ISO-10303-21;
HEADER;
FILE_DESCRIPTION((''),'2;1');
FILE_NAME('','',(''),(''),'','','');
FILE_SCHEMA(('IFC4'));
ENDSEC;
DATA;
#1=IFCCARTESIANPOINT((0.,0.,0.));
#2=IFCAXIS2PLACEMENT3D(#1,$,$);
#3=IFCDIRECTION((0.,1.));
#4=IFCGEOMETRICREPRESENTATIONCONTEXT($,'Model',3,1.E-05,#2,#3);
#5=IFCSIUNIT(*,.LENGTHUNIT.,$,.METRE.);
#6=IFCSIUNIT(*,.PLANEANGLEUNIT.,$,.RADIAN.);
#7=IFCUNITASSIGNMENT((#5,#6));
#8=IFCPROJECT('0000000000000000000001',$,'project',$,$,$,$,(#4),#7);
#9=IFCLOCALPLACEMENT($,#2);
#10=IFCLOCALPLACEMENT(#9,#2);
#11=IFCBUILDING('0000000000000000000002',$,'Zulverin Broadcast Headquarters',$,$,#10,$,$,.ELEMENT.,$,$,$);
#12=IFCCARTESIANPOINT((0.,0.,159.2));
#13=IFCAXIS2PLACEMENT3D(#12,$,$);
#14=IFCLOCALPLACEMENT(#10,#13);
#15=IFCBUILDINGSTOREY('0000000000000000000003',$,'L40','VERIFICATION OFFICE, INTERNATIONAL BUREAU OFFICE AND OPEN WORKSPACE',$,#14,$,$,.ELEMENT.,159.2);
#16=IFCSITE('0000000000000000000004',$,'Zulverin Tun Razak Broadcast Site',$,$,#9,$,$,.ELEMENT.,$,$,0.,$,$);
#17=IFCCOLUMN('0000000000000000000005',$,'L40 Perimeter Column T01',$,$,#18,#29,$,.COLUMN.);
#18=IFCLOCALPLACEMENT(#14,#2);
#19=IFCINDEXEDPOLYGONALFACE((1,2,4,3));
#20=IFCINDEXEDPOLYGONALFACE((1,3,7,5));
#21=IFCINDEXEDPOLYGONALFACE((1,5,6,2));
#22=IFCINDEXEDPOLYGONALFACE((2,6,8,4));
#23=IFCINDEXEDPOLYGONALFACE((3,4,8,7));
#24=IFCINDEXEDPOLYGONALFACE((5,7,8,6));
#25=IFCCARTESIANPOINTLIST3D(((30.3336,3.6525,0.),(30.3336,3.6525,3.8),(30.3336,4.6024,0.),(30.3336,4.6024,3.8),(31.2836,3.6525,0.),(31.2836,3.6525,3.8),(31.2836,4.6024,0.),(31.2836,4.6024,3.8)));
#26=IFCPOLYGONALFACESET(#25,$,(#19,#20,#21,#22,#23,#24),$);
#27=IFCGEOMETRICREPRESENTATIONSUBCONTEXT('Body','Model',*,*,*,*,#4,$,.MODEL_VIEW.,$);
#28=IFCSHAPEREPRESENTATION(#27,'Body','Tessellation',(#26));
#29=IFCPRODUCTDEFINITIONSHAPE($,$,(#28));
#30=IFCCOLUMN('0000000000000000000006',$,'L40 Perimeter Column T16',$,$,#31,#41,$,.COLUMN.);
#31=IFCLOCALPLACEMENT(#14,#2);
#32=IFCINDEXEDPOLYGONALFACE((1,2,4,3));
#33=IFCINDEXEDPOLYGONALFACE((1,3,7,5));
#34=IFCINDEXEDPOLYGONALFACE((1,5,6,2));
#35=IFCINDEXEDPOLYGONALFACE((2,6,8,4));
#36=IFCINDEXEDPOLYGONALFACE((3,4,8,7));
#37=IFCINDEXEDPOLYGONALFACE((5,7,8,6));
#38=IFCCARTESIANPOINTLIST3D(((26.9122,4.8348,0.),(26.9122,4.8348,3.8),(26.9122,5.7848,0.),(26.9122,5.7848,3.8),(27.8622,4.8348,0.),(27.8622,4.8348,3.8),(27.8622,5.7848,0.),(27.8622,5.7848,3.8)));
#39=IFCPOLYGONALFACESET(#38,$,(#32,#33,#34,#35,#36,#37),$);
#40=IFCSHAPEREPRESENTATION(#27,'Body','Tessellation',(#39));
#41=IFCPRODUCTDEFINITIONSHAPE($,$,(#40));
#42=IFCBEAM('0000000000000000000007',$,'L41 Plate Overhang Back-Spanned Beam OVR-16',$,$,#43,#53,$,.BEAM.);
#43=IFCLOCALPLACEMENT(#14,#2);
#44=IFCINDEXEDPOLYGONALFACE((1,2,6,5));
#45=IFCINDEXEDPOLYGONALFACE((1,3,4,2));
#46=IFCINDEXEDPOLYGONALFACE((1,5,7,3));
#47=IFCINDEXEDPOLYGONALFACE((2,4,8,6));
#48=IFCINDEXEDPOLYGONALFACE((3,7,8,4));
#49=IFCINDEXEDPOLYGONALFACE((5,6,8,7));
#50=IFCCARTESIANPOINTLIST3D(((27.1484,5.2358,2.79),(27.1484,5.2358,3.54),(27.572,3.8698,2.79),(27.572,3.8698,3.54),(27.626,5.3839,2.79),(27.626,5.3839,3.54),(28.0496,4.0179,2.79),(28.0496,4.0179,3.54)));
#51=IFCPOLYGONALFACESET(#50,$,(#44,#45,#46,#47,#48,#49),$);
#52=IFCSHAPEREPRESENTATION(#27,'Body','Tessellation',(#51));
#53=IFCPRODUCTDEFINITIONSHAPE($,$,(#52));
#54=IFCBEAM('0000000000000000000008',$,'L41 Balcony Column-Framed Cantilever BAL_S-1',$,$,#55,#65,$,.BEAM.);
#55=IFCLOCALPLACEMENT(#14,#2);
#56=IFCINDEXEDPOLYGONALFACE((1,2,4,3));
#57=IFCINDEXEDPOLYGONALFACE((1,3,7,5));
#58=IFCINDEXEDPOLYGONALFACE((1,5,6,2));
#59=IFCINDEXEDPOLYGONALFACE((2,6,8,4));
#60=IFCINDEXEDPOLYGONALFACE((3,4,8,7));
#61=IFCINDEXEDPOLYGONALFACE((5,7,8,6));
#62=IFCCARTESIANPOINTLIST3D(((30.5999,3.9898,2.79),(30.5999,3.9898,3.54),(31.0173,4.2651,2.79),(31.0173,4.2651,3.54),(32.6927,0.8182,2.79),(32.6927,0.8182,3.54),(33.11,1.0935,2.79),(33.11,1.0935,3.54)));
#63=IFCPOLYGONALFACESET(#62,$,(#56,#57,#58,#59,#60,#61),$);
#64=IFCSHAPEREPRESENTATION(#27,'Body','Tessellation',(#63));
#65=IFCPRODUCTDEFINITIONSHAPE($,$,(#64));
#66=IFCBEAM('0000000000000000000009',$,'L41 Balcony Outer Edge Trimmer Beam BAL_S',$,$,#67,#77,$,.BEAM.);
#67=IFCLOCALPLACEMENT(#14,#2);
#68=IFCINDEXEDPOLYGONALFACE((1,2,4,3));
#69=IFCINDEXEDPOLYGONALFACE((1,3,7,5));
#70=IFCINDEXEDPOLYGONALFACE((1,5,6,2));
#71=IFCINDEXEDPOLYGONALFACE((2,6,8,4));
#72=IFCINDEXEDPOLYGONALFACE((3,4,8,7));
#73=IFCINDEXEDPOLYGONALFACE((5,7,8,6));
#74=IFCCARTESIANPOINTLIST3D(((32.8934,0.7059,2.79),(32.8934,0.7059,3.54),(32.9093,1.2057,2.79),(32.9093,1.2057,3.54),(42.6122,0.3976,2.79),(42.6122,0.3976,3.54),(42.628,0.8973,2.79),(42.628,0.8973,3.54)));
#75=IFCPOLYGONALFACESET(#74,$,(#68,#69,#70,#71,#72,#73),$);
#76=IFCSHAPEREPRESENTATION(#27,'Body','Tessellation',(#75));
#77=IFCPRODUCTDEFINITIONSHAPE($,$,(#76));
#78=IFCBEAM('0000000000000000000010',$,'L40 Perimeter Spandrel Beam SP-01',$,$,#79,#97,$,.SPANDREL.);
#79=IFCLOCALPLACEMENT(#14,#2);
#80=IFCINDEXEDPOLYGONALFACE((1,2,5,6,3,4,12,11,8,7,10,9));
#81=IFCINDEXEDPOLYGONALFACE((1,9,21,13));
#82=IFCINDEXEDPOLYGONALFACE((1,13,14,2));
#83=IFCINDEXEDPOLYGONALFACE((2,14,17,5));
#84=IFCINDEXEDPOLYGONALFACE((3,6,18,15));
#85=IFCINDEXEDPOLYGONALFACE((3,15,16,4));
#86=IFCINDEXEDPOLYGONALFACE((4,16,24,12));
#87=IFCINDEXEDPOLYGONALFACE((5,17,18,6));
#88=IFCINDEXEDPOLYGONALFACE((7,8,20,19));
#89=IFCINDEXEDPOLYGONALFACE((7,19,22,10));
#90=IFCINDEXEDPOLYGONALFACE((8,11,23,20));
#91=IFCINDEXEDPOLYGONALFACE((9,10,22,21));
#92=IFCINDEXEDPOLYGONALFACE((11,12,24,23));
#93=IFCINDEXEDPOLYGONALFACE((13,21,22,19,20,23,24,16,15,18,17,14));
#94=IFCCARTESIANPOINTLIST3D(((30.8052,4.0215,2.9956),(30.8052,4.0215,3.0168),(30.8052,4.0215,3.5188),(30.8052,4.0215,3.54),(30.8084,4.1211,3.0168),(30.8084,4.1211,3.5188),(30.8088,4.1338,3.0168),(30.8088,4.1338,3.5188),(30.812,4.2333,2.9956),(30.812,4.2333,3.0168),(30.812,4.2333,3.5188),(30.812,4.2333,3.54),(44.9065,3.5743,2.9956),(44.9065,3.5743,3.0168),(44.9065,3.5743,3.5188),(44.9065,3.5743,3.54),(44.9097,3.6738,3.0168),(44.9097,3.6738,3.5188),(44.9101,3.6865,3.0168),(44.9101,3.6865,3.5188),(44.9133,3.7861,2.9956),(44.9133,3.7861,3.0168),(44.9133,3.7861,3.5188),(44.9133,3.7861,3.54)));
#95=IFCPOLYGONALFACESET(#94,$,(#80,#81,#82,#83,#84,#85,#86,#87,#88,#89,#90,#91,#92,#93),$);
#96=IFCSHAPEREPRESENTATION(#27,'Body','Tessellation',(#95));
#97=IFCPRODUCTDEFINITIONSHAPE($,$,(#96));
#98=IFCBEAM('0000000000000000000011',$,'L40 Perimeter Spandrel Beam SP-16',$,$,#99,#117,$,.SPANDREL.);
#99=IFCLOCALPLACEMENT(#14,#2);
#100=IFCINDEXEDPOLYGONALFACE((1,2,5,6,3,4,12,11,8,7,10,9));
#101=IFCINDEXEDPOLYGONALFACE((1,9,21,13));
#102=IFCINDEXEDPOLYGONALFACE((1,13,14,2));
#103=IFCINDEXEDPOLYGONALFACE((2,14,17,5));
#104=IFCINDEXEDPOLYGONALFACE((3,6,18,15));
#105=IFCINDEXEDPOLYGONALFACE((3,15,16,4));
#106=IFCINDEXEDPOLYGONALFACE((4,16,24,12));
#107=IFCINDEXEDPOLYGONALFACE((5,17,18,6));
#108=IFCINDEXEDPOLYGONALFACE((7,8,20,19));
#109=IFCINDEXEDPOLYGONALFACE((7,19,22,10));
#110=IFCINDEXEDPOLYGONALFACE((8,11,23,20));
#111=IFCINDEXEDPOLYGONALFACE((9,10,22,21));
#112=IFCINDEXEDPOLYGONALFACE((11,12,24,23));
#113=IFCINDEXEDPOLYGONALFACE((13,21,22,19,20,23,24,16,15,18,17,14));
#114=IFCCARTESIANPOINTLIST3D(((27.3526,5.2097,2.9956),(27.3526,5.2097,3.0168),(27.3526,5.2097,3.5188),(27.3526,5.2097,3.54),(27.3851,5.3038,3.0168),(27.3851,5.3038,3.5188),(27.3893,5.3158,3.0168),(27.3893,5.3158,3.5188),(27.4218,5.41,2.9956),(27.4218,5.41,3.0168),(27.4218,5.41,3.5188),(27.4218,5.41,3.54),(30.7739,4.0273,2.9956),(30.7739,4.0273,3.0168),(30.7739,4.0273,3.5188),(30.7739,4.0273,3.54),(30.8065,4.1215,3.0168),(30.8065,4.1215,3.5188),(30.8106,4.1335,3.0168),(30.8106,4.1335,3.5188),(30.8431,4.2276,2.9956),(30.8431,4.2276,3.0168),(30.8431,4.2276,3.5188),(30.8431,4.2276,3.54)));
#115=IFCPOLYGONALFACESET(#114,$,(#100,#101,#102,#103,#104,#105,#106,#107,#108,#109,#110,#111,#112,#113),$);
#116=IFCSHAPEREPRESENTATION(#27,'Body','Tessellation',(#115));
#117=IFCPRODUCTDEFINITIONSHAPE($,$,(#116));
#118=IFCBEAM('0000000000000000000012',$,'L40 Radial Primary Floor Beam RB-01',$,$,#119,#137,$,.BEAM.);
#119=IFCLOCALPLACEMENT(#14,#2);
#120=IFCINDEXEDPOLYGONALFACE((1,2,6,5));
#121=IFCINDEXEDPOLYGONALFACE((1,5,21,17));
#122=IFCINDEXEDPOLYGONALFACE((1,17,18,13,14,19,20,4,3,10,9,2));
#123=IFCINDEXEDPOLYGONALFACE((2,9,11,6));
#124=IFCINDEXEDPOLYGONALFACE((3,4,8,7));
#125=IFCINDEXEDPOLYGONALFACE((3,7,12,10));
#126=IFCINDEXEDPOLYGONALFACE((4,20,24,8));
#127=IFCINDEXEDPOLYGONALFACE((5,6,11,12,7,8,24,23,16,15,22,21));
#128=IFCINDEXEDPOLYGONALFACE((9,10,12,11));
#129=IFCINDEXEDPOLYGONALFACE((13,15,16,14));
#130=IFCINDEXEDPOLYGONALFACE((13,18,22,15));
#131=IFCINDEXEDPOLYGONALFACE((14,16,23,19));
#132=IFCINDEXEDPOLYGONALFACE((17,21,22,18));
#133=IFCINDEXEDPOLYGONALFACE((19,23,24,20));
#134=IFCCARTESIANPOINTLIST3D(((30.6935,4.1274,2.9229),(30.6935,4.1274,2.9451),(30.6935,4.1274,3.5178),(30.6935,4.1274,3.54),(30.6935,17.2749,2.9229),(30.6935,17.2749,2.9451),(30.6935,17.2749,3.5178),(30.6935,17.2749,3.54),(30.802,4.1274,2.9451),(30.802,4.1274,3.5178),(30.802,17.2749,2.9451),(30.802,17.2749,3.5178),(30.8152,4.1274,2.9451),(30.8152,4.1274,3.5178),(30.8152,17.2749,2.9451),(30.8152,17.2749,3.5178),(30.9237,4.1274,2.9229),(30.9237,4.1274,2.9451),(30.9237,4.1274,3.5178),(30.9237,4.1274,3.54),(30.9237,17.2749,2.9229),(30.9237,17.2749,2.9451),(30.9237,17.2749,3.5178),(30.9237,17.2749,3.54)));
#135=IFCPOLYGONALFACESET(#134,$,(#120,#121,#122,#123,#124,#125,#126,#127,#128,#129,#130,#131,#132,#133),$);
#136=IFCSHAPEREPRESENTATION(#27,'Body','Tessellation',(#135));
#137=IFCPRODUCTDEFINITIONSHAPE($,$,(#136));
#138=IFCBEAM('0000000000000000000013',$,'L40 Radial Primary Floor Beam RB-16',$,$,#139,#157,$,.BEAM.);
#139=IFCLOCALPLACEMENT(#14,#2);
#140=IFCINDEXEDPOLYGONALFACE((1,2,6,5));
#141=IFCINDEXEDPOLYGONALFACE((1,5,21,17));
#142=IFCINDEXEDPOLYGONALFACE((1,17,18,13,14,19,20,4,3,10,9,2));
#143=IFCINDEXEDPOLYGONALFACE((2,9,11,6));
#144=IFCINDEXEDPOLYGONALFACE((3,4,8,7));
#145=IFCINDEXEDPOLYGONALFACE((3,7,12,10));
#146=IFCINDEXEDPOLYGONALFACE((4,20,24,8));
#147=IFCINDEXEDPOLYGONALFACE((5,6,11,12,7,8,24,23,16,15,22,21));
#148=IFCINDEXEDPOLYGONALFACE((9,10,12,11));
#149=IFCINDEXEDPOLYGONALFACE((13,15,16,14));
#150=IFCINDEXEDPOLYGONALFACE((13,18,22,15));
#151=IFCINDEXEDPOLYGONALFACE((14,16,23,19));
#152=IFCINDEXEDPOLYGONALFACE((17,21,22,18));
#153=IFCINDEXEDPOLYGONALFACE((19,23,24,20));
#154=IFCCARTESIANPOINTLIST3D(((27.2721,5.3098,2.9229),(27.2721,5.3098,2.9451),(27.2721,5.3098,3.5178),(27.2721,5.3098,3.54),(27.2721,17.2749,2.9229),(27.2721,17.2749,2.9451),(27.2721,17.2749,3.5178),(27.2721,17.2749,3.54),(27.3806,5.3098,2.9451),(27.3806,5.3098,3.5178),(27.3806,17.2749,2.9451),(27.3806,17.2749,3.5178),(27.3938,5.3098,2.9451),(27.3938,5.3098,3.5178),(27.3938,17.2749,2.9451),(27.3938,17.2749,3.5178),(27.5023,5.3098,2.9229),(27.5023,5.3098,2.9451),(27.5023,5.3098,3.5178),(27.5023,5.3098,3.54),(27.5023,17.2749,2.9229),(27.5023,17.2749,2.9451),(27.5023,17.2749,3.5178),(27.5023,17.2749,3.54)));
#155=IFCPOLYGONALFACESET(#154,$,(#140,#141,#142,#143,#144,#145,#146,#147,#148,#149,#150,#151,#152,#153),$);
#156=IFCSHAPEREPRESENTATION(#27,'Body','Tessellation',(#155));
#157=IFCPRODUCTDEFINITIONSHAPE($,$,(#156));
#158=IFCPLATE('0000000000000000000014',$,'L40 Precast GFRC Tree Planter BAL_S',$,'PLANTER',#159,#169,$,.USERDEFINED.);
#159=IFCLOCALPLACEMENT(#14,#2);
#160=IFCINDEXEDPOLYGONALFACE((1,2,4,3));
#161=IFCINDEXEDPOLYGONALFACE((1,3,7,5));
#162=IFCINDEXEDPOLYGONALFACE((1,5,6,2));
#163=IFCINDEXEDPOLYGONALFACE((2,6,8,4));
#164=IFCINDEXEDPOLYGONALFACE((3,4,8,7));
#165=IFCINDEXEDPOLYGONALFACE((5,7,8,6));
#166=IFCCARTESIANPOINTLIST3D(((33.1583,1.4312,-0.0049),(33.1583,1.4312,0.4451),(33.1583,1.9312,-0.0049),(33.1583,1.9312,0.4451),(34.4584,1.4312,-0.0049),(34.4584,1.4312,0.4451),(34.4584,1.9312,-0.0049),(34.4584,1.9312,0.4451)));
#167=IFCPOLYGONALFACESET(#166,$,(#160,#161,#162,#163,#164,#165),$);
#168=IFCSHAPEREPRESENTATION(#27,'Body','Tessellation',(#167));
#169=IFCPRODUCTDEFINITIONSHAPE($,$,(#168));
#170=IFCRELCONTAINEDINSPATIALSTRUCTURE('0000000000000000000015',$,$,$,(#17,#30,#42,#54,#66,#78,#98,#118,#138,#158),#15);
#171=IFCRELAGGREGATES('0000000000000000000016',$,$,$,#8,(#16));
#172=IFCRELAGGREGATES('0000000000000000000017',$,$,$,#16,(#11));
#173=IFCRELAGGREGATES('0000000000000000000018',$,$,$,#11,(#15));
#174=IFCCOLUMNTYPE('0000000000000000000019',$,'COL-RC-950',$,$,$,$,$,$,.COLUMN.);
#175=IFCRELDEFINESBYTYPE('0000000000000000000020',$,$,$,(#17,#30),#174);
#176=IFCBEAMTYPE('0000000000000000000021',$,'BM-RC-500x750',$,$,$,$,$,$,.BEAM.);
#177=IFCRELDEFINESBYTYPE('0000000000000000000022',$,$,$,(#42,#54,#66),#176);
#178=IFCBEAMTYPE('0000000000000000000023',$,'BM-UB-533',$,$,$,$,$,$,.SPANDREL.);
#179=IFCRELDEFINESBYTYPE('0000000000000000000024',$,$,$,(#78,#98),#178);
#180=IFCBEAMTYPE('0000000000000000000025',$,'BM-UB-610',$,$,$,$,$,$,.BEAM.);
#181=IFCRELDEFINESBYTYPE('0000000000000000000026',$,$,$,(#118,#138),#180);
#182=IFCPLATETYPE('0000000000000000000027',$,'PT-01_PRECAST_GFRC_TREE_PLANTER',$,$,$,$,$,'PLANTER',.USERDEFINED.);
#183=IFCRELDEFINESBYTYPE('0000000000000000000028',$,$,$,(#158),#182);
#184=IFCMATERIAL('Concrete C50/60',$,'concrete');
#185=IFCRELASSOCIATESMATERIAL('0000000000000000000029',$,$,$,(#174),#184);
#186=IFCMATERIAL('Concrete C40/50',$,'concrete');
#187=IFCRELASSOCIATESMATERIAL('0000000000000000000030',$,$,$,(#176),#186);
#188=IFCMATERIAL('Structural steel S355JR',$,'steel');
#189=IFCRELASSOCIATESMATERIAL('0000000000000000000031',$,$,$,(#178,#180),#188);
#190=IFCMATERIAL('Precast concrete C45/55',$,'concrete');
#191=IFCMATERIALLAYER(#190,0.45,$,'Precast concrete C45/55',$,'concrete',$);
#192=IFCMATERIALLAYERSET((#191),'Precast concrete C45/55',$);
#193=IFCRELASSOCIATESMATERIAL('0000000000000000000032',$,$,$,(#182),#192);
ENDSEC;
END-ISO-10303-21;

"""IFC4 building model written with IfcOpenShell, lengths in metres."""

from ifc_helpers import new_model, si_unit, direction, frame, origin, origin_2d, place, context, subcontext, project, spatial, rectangle, i_section, extrude, material, layer, layer_set, material_profile, profile_set, type_object, element, save


model = new_model("IFC4")

# Units and contexts
model_context = context("Model", 3, precision=1e-05, world=origin(), true_north=direction((0.0, 1.0)))
body_context = subcontext(model_context, "Body", "Model", "MODEL_VIEW")
ifc_project = project(units=[si_unit("LENGTHUNIT", "METRE"), si_unit("PLANEANGLEUNIT", "RADIAN")], contexts=[model_context])

# Site, building, storey
site_placement = place(None, origin())
site = spatial("IfcSite", under=ifc_project, at=site_placement, Name="Zulverin Tun Razak Broadcast Site", CompositionType="ELEMENT", RefElevation=0.0)
building_placement = place(site_placement, origin())
building = spatial("IfcBuilding", under=site, at=building_placement, Name="Zulverin Broadcast Headquarters", CompositionType="ELEMENT")
storey_placement = place(building_placement, frame((0.0, 0.0, 159.2)))
storey = spatial("IfcBuildingStorey", under=building, at=storey_placement, Name="L40", Description="VERIFICATION OFFICE, INTERNATIONAL BUREAU OFFICE AND OPEN WORKSPACE", CompositionType="ELEMENT", Elevation=159.2)

# Columns
ifc_material_1 = material(Name="Concrete C50/60", Category="concrete")
ifc_material_profile_1 = material_profile(ifc_material_1, rectangle(XDim=0.95, YDim=0.95, at=origin_2d()), Name="Concrete C50/60", Category="concrete")
ifc_profile_set_1 = profile_set([ifc_material_profile_1], Name="Concrete C50/60")
column_type = type_object("IfcColumnType", Name="COL-RC-950", PredefinedType="COLUMN", material=ifc_profile_set_1)
for number, where, z_axis, x_axis, name in (
    (1, (30.8086, 4.1274, 0.0), (0.0, 0.0, 1.0), (1.0, 0.0, 0.0), "L40 Perimeter Column T01"),
    (2, (27.3872, 5.3098, 0.0), (0.0, 0.0, 1.0), (1.0, 0.0, 0.0), "L40 Perimeter Column T16"),
):
    element("IfcColumn", number, at=place(storey_placement, frame(where, z_axis=z_axis, x_axis=x_axis)), inside=storey, type_object=column_type, Name=name, PredefinedType="COLUMN", context=body_context, shape_type="SweptSolid", body=[
        extrude(rectangle(XDim=0.95, YDim=0.95, at=origin_2d()), origin(), (0.0, 0.0, 1.0), 3.8),
    ])

# Beams
ifc_material_2 = material(Name="Concrete C40/50", Category="concrete")
ifc_material_profile_2 = material_profile(ifc_material_2, rectangle(XDim=0.5, YDim=0.75, at=origin_2d()), Name="Concrete C40/50", Category="concrete")
ifc_profile_set_2 = profile_set([ifc_material_profile_2], Name="Concrete C40/50")
beam_type_1 = type_object("IfcBeamType", Name="BM-RC-500x750", PredefinedType="BEAM", material=ifc_profile_set_2)
beam_1_placement = place(storey_placement, frame((27.3872, 5.3098, 3.165), z_axis=(0.296184, -0.955131, 0.0), x_axis=(0.955131, 0.296184, 0.0)))
element("IfcBeam", 3, at=beam_1_placement, inside=storey, type_object=beam_type_1, Name="L41 Plate Overhang Back-Spanned Beam OVR-16", PredefinedType="BEAM", context=body_context, shape_type="SweptSolid", body=[
    extrude(rectangle(XDim=0.5, YDim=0.75, at=origin_2d()), origin(), (0.0, 0.0, 1.0), 1.4302),
])
beam_2_placement = place(storey_placement, frame((30.8086, 4.1274, 3.165), z_axis=(0.55075, -0.83467, 0.0), x_axis=(0.83467, 0.55075, 0.0)))
element("IfcBeam", 4, at=beam_2_placement, inside=storey, type_object=beam_type_1, Name="L41 Balcony Column-Framed Cantilever BAL_S-1", PredefinedType="BEAM", context=body_context, shape_type="SweptSolid", body=[
    extrude(rectangle(XDim=0.5, YDim=0.75, at=origin_2d()), origin(), (0.0, 0.0, 1.0), 3.7998),
])
beam_3_placement = place(storey_placement, frame((32.9014, 0.9558, 3.165), z_axis=(0.999497, -0.031711, 0.0), x_axis=(0.031711, 0.999497, 0.0)))
element("IfcBeam", 5, at=beam_3_placement, inside=storey, type_object=beam_type_1, Name="L41 Balcony Outer Edge Trimmer Beam BAL_S", PredefinedType="BEAM", context=body_context, shape_type="SweptSolid", body=[
    extrude(rectangle(XDim=0.5, YDim=0.75, at=origin_2d()), origin(), (0.0, 0.0, 1.0), 9.7236),
])
ifc_material_3 = material(Name="Structural steel S355JR", Category="steel")
ifc_material_profile_3 = material_profile(ifc_material_3, i_section(OverallWidth=0.2119, OverallDepth=0.5444, WebThickness=0.0127, FlangeThickness=0.0212, at=origin_2d()), Name="Structural steel S355JR", Category="steel")
ifc_profile_set_3 = profile_set([ifc_material_profile_3], Name="Structural steel S355JR")
beam_type_2 = type_object("IfcBeamType", Name="BM-UB-533", PredefinedType="SPANDREL", material=ifc_profile_set_3)
beam_4_placement = place(storey_placement, frame((30.8086, 4.1274, 3.2678), z_axis=(0.999497, -0.031702, 0.0), x_axis=(0.031702, 0.999497, 0.0)))
element("IfcBeam", 6, at=beam_4_placement, inside=storey, type_object=beam_type_2, Name="L40 Perimeter Spandrel Beam SP-01", PredefinedType="SPANDREL", context=body_context, shape_type="SweptSolid", body=[
    extrude(i_section(OverallWidth=0.2119, OverallDepth=0.5444, WebThickness=0.0127, FlangeThickness=0.0212, at=origin_2d()), origin(), (0.0, 0.0, 1.0), 14.1084),
])
beam_5_placement = place(storey_placement, frame((27.3872, 5.3098, 3.2678), z_axis=(0.945153, -0.326629, 0.0), x_axis=(0.326629, 0.945153, 0.0)))
element("IfcBeam", 7, at=beam_5_placement, inside=storey, type_object=beam_type_2, Name="L40 Perimeter Spandrel Beam SP-16", PredefinedType="SPANDREL", context=body_context, shape_type="SweptSolid", body=[
    extrude(i_section(OverallWidth=0.2119, OverallDepth=0.5444, WebThickness=0.0127, FlangeThickness=0.0212, at=origin_2d()), origin(), (0.0, 0.0, 1.0), 3.6199),
])
ifc_material_profile_4 = material_profile(ifc_material_3, i_section(OverallWidth=0.2302, OverallDepth=0.6172, WebThickness=0.0132, FlangeThickness=0.0222, at=origin_2d()), Name="Structural steel S355JR", Category="steel")
ifc_profile_set_4 = profile_set([ifc_material_profile_4], Name="Structural steel S355JR")
beam_type_3 = type_object("IfcBeamType", Name="BM-UB-610", PredefinedType="BEAM", material=ifc_profile_set_4)
beam_6_placement = place(storey_placement, frame((30.8086, 17.2749, 3.2314), z_axis=(0.0, -1.0, 0.0), x_axis=(1.0, 0.0, 0.0)))
element("IfcBeam", 8, at=beam_6_placement, inside=storey, type_object=beam_type_3, Name="L40 Radial Primary Floor Beam RB-01", PredefinedType="BEAM", context=body_context, shape_type="SweptSolid", body=[
    extrude(i_section(OverallWidth=0.2302, OverallDepth=0.6172, WebThickness=0.0132, FlangeThickness=0.0222, at=origin_2d()), origin(), (0.0, 0.0, 1.0), 13.1475),
])
beam_7_placement = place(storey_placement, frame((27.3872, 17.2749, 3.2314), z_axis=(0.0, -1.0, 0.0), x_axis=(1.0, 0.0, 0.0)))
element("IfcBeam", 9, at=beam_7_placement, inside=storey, type_object=beam_type_3, Name="L40 Radial Primary Floor Beam RB-16", PredefinedType="BEAM", context=body_context, shape_type="SweptSolid", body=[
    extrude(i_section(OverallWidth=0.2302, OverallDepth=0.6172, WebThickness=0.0132, FlangeThickness=0.0222, at=origin_2d()), origin(), (0.0, 0.0, 1.0), 11.9651),
])

# Plate
ifc_material_4 = material(Name="Precast concrete C45/55", Category="concrete")
ifc_layer_1 = layer(ifc_material_4, 0.45, Name="Precast concrete C45/55", Category="concrete")
ifc_layer_set_1 = layer_set([ifc_layer_1], Name="Precast concrete C45/55")
plate_type = type_object("IfcPlateType", Name="PT-01_PRECAST_GFRC_TREE_PLANTER", ElementType="PLANTER", PredefinedType="USERDEFINED", material=ifc_layer_set_1)
plate_placement = place(storey_placement, frame((33.8083, 1.6812, -0.0049), z_axis=(0.0, 0.0, 1.0), x_axis=(1.0, 0.0, 0.0)))
element("IfcPlate", 10, at=plate_placement, inside=storey, type_object=plate_type, Name="L40 Precast GFRC Tree Planter BAL_S", ObjectType="PLANTER", PredefinedType="USERDEFINED", context=body_context, shape_type="SweptSolid", body=[
    extrude(rectangle(XDim=1.3, YDim=0.5, at=origin_2d()), origin(), (0.0, 0.0, 1.0), 0.45),
])

save(model, "model.ifc")
